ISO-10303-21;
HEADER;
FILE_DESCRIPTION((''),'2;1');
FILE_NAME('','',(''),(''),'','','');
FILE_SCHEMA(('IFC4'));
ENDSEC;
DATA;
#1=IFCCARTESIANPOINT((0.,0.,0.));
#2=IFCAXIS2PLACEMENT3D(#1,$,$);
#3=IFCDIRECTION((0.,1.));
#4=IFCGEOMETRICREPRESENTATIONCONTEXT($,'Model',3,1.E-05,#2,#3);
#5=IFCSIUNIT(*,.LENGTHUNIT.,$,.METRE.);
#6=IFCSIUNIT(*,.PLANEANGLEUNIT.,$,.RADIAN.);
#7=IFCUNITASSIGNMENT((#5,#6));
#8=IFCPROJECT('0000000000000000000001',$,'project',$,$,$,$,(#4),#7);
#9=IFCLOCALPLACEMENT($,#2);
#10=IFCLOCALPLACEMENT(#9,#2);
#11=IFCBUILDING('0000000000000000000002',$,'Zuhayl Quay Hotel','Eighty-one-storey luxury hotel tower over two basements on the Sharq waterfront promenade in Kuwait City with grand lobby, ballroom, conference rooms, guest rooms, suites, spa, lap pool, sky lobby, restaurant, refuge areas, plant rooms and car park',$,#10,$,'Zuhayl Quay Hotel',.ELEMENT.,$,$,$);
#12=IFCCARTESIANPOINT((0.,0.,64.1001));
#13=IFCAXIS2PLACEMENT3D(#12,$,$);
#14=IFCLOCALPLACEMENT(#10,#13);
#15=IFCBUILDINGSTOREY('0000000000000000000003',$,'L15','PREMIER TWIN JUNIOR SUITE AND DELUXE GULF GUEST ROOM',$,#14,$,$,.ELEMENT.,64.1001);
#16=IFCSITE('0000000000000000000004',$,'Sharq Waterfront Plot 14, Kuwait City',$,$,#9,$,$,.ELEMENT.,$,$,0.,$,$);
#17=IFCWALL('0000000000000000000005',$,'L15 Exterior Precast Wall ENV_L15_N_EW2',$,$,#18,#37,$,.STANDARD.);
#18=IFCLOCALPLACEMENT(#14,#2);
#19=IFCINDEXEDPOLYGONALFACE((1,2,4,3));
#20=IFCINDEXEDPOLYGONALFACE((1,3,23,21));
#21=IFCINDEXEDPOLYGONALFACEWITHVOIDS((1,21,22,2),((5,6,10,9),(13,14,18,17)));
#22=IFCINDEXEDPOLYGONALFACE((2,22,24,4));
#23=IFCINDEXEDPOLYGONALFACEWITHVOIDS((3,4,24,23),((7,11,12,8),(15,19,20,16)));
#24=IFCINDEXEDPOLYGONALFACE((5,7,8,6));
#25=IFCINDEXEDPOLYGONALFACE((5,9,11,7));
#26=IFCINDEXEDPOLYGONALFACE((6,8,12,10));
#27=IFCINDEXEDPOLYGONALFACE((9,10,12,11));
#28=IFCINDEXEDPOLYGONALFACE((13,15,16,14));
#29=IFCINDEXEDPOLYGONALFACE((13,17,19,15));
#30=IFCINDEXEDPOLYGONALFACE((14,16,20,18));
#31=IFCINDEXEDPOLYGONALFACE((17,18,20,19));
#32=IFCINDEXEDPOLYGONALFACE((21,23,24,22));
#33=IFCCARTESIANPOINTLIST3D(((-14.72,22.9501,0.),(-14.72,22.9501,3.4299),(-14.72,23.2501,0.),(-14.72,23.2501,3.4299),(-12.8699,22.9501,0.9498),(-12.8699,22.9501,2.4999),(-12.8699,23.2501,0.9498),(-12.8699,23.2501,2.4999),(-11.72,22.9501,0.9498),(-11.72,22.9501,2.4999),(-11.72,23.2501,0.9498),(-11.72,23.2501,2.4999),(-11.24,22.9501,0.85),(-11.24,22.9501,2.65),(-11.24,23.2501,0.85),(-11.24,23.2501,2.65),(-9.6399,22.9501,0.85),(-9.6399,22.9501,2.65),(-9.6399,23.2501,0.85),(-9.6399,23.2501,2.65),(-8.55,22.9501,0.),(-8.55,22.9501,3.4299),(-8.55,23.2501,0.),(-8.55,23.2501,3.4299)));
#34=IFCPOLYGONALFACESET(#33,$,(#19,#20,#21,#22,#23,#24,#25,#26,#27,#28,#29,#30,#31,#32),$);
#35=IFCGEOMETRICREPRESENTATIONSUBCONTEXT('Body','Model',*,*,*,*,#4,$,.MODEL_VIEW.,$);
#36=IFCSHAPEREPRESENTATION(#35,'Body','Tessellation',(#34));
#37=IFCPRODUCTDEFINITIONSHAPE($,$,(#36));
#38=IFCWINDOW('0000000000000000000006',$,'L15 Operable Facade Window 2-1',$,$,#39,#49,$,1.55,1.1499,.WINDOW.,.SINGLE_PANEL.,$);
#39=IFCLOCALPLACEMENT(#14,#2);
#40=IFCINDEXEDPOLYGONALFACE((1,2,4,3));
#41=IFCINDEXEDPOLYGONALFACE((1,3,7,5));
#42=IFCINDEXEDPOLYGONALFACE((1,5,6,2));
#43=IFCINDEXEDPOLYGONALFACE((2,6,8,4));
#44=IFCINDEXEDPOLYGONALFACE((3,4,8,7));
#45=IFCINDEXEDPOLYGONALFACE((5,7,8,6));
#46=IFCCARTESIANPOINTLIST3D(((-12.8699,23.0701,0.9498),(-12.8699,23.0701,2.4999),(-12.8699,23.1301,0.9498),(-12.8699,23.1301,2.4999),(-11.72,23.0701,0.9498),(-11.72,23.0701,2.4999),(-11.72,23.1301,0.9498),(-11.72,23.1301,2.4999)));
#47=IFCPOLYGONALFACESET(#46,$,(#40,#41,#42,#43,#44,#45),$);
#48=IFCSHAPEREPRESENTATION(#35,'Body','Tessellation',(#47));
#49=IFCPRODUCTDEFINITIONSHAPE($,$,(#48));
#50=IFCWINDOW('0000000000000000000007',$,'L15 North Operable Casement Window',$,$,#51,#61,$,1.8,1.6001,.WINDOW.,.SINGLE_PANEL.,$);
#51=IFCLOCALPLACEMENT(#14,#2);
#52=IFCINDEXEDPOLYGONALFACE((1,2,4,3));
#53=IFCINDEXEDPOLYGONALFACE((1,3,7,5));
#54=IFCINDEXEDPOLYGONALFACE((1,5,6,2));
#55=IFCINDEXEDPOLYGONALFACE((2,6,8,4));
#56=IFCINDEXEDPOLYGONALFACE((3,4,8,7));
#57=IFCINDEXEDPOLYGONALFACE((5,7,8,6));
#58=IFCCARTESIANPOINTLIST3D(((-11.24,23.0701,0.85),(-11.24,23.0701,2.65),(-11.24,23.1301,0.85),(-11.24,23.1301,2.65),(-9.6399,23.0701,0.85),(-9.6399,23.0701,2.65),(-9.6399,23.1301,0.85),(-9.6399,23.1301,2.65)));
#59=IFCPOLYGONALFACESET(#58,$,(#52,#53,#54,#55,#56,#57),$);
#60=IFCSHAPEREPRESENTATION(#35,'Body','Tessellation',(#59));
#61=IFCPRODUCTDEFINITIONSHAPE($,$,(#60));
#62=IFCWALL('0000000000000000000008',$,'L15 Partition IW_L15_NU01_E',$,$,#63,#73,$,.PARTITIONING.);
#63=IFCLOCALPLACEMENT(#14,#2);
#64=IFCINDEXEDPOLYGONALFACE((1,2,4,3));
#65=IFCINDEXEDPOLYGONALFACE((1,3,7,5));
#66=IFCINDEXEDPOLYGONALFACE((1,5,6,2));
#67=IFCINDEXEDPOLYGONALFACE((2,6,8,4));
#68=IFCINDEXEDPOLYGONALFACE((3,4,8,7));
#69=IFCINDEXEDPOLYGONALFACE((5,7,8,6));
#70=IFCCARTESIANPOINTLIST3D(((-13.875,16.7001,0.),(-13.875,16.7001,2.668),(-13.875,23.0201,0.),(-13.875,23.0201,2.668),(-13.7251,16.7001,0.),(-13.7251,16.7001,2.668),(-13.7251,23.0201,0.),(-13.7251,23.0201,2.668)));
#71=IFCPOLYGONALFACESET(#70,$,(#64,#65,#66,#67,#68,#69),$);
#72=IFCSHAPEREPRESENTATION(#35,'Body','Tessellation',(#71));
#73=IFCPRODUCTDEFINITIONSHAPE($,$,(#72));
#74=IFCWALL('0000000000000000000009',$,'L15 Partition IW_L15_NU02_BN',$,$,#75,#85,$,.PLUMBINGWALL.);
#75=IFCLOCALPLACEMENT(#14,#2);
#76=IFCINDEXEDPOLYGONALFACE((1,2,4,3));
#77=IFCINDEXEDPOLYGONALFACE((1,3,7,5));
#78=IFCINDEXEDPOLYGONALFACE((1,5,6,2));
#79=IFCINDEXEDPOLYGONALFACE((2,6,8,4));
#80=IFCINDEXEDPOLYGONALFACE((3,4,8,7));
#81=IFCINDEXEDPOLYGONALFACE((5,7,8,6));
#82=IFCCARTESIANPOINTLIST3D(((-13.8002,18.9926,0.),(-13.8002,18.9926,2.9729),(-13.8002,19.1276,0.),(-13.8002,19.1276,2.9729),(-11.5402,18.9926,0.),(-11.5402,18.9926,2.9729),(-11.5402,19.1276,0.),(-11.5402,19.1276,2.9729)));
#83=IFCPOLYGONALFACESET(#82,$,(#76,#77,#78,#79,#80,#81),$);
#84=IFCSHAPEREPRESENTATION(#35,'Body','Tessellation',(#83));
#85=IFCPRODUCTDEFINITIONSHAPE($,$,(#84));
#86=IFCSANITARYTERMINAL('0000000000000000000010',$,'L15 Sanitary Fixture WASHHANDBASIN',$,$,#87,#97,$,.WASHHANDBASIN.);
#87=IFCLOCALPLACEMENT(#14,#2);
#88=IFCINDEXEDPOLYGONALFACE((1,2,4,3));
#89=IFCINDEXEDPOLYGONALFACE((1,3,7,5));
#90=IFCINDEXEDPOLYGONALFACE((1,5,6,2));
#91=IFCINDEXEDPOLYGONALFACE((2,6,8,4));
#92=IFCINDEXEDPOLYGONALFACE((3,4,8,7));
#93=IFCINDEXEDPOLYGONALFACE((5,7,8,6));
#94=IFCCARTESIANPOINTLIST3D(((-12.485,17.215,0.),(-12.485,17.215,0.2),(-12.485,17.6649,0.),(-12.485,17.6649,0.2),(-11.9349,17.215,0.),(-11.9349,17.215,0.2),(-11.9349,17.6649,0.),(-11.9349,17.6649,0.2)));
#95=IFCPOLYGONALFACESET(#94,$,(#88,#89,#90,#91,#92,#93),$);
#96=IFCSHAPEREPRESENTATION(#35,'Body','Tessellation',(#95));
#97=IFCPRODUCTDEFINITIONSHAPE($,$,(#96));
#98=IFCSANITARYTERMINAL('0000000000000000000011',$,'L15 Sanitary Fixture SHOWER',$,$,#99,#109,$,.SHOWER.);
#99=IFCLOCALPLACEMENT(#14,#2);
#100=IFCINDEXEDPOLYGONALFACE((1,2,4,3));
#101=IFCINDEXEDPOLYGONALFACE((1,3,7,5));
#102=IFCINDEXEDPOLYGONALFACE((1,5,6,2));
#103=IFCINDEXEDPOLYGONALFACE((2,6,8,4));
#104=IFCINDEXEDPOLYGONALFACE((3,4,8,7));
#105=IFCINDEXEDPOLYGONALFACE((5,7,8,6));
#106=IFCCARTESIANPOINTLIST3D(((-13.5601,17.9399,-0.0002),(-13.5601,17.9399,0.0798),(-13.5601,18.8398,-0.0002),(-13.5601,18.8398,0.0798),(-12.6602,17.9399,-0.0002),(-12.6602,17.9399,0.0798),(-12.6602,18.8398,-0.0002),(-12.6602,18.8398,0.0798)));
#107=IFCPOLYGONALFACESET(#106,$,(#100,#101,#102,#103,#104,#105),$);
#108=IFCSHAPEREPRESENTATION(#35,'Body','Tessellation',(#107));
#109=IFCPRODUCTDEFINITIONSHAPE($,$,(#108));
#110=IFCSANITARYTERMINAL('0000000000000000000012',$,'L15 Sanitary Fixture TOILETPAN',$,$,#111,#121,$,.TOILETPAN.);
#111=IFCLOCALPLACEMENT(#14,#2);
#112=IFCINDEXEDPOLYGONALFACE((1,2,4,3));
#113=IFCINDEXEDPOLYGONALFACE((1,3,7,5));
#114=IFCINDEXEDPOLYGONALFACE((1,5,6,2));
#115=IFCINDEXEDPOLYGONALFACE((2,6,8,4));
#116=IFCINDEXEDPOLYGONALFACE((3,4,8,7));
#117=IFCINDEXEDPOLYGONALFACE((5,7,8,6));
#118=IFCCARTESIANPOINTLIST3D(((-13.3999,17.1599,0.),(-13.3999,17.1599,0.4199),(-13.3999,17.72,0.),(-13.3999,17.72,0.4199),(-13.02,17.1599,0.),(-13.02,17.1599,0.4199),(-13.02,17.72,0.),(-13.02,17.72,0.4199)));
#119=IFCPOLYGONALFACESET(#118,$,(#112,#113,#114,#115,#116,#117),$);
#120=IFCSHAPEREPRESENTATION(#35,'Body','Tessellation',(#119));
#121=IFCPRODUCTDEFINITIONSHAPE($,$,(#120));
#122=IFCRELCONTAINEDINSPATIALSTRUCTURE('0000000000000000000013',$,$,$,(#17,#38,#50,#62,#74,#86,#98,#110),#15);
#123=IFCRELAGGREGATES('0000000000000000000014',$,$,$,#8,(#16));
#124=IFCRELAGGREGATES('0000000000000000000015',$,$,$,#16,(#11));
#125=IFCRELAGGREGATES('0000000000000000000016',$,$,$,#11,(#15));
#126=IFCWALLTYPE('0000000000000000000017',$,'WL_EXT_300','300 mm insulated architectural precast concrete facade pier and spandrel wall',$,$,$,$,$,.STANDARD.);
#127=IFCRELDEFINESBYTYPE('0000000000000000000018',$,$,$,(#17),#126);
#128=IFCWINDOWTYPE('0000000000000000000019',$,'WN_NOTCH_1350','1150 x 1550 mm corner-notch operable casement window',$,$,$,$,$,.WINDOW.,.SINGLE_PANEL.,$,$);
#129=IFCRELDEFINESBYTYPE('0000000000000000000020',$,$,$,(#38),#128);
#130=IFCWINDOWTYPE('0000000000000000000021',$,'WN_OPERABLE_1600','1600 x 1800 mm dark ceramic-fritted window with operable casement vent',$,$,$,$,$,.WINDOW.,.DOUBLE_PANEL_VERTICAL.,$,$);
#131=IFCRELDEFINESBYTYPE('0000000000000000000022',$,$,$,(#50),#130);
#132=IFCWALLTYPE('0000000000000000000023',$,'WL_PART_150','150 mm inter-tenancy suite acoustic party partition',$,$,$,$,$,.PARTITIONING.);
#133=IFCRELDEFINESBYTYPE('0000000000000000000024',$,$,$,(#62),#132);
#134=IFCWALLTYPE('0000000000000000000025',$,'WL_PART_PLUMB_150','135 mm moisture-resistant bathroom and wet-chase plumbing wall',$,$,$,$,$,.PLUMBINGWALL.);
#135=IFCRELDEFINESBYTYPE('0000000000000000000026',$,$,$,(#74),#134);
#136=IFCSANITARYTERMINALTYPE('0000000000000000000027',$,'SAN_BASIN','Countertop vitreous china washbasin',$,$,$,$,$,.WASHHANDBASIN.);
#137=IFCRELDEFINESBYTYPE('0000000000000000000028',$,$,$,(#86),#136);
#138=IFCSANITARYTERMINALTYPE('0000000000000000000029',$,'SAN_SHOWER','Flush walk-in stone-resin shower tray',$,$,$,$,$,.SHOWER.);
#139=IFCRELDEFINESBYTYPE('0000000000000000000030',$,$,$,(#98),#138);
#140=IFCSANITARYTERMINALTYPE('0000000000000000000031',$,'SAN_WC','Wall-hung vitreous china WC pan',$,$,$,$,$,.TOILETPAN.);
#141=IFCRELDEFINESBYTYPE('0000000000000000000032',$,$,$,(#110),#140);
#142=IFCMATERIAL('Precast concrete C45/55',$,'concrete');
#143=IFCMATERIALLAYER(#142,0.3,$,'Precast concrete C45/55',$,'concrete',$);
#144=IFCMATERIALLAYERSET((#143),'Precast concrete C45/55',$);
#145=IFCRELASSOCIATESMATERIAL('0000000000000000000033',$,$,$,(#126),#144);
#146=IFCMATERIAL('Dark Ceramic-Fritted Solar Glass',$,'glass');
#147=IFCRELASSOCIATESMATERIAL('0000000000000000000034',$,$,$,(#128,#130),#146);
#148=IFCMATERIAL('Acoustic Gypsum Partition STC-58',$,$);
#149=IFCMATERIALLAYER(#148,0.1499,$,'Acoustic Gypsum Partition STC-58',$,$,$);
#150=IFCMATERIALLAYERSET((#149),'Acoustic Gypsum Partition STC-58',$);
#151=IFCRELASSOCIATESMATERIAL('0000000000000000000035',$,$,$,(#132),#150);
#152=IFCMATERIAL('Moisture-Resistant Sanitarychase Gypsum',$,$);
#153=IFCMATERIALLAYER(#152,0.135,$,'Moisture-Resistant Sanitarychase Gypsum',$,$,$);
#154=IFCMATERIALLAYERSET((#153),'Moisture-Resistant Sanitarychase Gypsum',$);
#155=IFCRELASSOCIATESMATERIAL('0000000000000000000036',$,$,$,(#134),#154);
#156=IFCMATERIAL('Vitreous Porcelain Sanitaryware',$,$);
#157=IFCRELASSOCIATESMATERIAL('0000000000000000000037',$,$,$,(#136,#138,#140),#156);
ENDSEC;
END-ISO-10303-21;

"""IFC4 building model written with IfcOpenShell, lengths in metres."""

from ifc_helpers import new_model, si_unit, direction, frame, frame_2d, origin, origin_2d, place, context, subcontext, project, spatial, rectangle, extrude, material, layer, layer_set, type_object, element, fill, save


model = new_model("IFC4")

# Units and contexts
model_context = context("Model", 3, precision=1e-05, world=origin(), true_north=direction((0.0, 1.0)))
body_context = subcontext(model_context, "Body", "Model", "MODEL_VIEW")
ifc_project = project(units=[si_unit("LENGTHUNIT", "METRE"), si_unit("PLANEANGLEUNIT", "RADIAN")], contexts=[model_context])

# Site, building, storey
site_placement = place(None, origin())
site = spatial("IfcSite", under=ifc_project, at=site_placement, Name="Sharq Waterfront Plot 14, Kuwait City", CompositionType="ELEMENT", RefElevation=0.0)
building_placement = place(site_placement, origin())
building = spatial("IfcBuilding", under=site, at=building_placement, Name="Zuhayl Quay Hotel", Description="Eighty-one-storey luxury hotel tower over two basements on the Sharq waterfront promenade in Kuwait City with grand lobby, ballroom, conference rooms, guest rooms, suites, spa, lap pool, sky lobby, restaurant, refuge areas, plant rooms and car park", LongName="Zuhayl Quay Hotel", CompositionType="ELEMENT")
storey_placement = place(building_placement, frame((0.0, 0.0, 64.1001)))
storey = spatial("IfcBuildingStorey", under=building, at=storey_placement, Name="L15", Description="PREMIER TWIN JUNIOR SUITE AND DELUXE GULF GUEST ROOM", CompositionType="ELEMENT", Elevation=64.1001)

# Shared definitions
ifc_material_1 = material(Name="Dark Ceramic-Fritted Solar Glass", Category="glass")

# Wall, openings, windows
ifc_material_2 = material(Name="Precast concrete C45/55", Category="concrete")
ifc_layer_1 = layer(ifc_material_2, 0.3, Name="Precast concrete C45/55", Category="concrete")
ifc_layer_set_1 = layer_set([ifc_layer_1], Name="Precast concrete C45/55")
wall_type_1 = type_object("IfcWallType", Name="WL_EXT_300", Description="300 mm insulated architectural precast concrete facade pier and spandrel wall", PredefinedType="STANDARD", material=ifc_layer_set_1)
wall_1_placement = place(storey_placement, frame((-14.72, 23.1001, 0.0), z_axis=(0.0, 0.0, 1.0), x_axis=(1.0, 0.0, 0.0)))
wall_1 = element("IfcWall", 1, at=wall_1_placement, inside=storey, type_object=wall_type_1, Name="L15 Exterior Precast Wall ENV_L15_N_EW2", PredefinedType="STANDARD", context=body_context, shape_type="SweptSolid", body=[
    extrude(rectangle(XDim=6.1699, YDim=0.3, at=frame_2d((3.085, 0.0))), origin(), (0.0, 0.0, 1.0), 3.4299),
])
opening_1_placement = place(wall_1_placement, frame((3.48, 0.0, 0.8501)))
opening_1 = element("IfcOpeningElement", 2, at=opening_1_placement, cuts=wall_1, PredefinedType="OPENING", context=body_context, shape_type="SweptSolid", body=[
    extrude(rectangle(XDim=1.6001, YDim=1.8, at=frame_2d((0.8, 0.8999))), frame((0.0, 0.1599, 0.0), z_axis=(0.0, -1.0, 0.0), x_axis=(1.0, 0.0, 0.0)), (0.0, 0.0, 1.0), 0.3201),
])
opening_2_placement = place(wall_1_placement, frame((1.8501, 0.0, 0.95)))
opening_2 = element("IfcOpeningElement", 3, at=opening_2_placement, cuts=wall_1, PredefinedType="OPENING", context=body_context, shape_type="SweptSolid", body=[
    extrude(rectangle(XDim=1.1499, YDim=1.55, at=frame_2d((0.575, 0.7749))), frame((0.0, 0.1599, 0.0), z_axis=(0.0, -1.0, 0.0), x_axis=(1.0, 0.0, 0.0)), (0.0, 0.0, 1.0), 0.3201),
])
window_type_1 = type_object("IfcWindowType", Name="WN_NOTCH_1350", Description="1150 x 1550 mm corner-notch operable casement window", PartitioningType="SINGLE_PANEL", PredefinedType="WINDOW", material=ifc_material_1)
window_1_placement = place(opening_2_placement, origin())
window_1 = element("IfcWindow", 4, at=window_1_placement, inside=storey, type_object=window_type_1, Name="L15 Operable Facade Window 2-1", OverallHeight=1.55, OverallWidth=1.1499, PartitioningType="SINGLE_PANEL", PredefinedType="WINDOW", context=body_context, shape_type="SweptSolid", body=[
    extrude(rectangle(XDim=1.1499, YDim=1.55, at=frame_2d((0.575, 0.7749))), frame((0.0, 0.03, 0.0), z_axis=(0.0, -1.0, 0.0), x_axis=(1.0, 0.0, 0.0)), (0.0, 0.0, 1.0), 0.0601),
])
fill(opening_2, window_1)
window_type_2 = type_object("IfcWindowType", Name="WN_OPERABLE_1600", Description="1600 x 1800 mm dark ceramic-fritted window with operable casement vent", PartitioningType="DOUBLE_PANEL_VERTICAL", PredefinedType="WINDOW", material=ifc_material_1)
window_2_placement = place(opening_1_placement, origin())
window_2 = element("IfcWindow", 5, at=window_2_placement, inside=storey, type_object=window_type_2, Name="L15 North Operable Casement Window", OverallHeight=1.8, OverallWidth=1.6001, PartitioningType="SINGLE_PANEL", PredefinedType="WINDOW", context=body_context, shape_type="SweptSolid", body=[
    extrude(rectangle(XDim=1.6001, YDim=1.8, at=frame_2d((0.8, 0.8999))), frame((0.0, 0.03, 0.0), z_axis=(0.0, -1.0, 0.0), x_axis=(1.0, 0.0, 0.0)), (0.0, 0.0, 1.0), 0.0601),
])
fill(opening_1, window_2)

# Wall
ifc_material_3 = material(Name="Acoustic Gypsum Partition STC-58")
ifc_layer_2 = layer(ifc_material_3, 0.1499, Name="Acoustic Gypsum Partition STC-58")
ifc_layer_set_2 = layer_set([ifc_layer_2], Name="Acoustic Gypsum Partition STC-58")
wall_type_2 = type_object("IfcWallType", Name="WL_PART_150", Description="150 mm inter-tenancy suite acoustic party partition", PredefinedType="PARTITIONING", material=ifc_layer_set_2)
wall_2_placement = place(storey_placement, frame((-13.8, 16.7, 0.0), z_axis=(0.0, 0.0, 1.0), x_axis=(0.0, 1.0, 0.0)))
element("IfcWall", 6, at=wall_2_placement, inside=storey, type_object=wall_type_2, Name="L15 Partition IW_L15_NU01_E", PredefinedType="PARTITIONING", context=body_context, shape_type="SweptSolid", body=[
    extrude(rectangle(XDim=6.3201, YDim=0.1499, at=frame_2d((3.1602, 0.0))), origin(), (0.0, 0.0, 1.0), 2.668),
])

# Wall
ifc_material_4 = material(Name="Moisture-Resistant Sanitarychase Gypsum")
ifc_layer_3 = layer(ifc_material_4, 0.135, Name="Moisture-Resistant Sanitarychase Gypsum")
ifc_layer_set_3 = layer_set([ifc_layer_3], Name="Moisture-Resistant Sanitarychase Gypsum")
wall_type_3 = type_object("IfcWallType", Name="WL_PART_PLUMB_150", Description="135 mm moisture-resistant bathroom and wet-chase plumbing wall", PredefinedType="PLUMBINGWALL", material=ifc_layer_set_3)
wall_3_placement = place(storey_placement, frame((-13.8, 19.0601, 0.0), z_axis=(0.0, 0.0, 1.0), x_axis=(1.0, 0.0, 0.0)))
element("IfcWall", 7, at=wall_3_placement, inside=storey, type_object=wall_type_3, Name="L15 Partition IW_L15_NU02_BN", PredefinedType="PLUMBINGWALL", context=body_context, shape_type="SweptSolid", body=[
    extrude(rectangle(XDim=2.26, YDim=0.135, at=frame_2d((1.1299, 0.0))), origin(), (0.0, 0.0, 1.0), 2.9729),
])

# Sanitary terminals
ifc_material_5 = material(Name="Vitreous Porcelain Sanitaryware")
sanitary_terminal_type_1 = type_object("IfcSanitaryTerminalType", Name="SAN_BASIN", Description="Countertop vitreous china washbasin", PredefinedType="WASHHANDBASIN", material=ifc_material_5)
sanitary_terminal_1_placement = place(storey_placement, frame((-12.21, 17.4399, 0.0), z_axis=(0.0, 0.0, 1.0), x_axis=(1.0, 0.0, 0.0)))
element("IfcSanitaryTerminal", 8, at=sanitary_terminal_1_placement, inside=storey, type_object=sanitary_terminal_type_1, Name="L15 Sanitary Fixture WASHHANDBASIN", PredefinedType="WASHHANDBASIN", context=body_context, shape_type="SweptSolid", body=[
    extrude(rectangle(XDim=0.55, YDim=0.45, at=origin_2d()), origin(), (0.0, 0.0, 1.0), 0.2),
])
sanitary_terminal_type_2 = type_object("IfcSanitaryTerminalType", Name="SAN_SHOWER", Description="Flush walk-in stone-resin shower tray", PredefinedType="SHOWER", material=ifc_material_5)
sanitary_terminal_2_placement = place(storey_placement, frame((-13.1101, 18.3899, -0.0002), z_axis=(0.0, 0.0, 1.0), x_axis=(1.0, 0.0, 0.0)))
element("IfcSanitaryTerminal", 9, at=sanitary_terminal_2_placement, inside=storey, type_object=sanitary_terminal_type_2, Name="L15 Sanitary Fixture SHOWER", PredefinedType="SHOWER", context=body_context, shape_type="SweptSolid", body=[
    extrude(rectangle(XDim=0.8999, YDim=0.8999, at=origin_2d()), origin(), (0.0, 0.0, 1.0), 0.0801),
])
sanitary_terminal_type_3 = type_object("IfcSanitaryTerminalType", Name="SAN_WC", Description="Wall-hung vitreous china WC pan", PredefinedType="TOILETPAN", material=ifc_material_5)
sanitary_terminal_3_placement = place(storey_placement, frame((-13.21, 17.4399, 0.0), z_axis=(0.0, 0.0, 1.0), x_axis=(1.0, 0.0, 0.0)))
element("IfcSanitaryTerminal", 10, at=sanitary_terminal_3_placement, inside=storey, type_object=sanitary_terminal_type_3, Name="L15 Sanitary Fixture TOILETPAN", PredefinedType="TOILETPAN", context=body_context, shape_type="SweptSolid", body=[
    extrude(rectangle(XDim=0.3799, YDim=0.5601, at=origin_2d()), origin(), (0.0, 0.0, 1.0), 0.4199),
])

save(model, "model.ifc")
